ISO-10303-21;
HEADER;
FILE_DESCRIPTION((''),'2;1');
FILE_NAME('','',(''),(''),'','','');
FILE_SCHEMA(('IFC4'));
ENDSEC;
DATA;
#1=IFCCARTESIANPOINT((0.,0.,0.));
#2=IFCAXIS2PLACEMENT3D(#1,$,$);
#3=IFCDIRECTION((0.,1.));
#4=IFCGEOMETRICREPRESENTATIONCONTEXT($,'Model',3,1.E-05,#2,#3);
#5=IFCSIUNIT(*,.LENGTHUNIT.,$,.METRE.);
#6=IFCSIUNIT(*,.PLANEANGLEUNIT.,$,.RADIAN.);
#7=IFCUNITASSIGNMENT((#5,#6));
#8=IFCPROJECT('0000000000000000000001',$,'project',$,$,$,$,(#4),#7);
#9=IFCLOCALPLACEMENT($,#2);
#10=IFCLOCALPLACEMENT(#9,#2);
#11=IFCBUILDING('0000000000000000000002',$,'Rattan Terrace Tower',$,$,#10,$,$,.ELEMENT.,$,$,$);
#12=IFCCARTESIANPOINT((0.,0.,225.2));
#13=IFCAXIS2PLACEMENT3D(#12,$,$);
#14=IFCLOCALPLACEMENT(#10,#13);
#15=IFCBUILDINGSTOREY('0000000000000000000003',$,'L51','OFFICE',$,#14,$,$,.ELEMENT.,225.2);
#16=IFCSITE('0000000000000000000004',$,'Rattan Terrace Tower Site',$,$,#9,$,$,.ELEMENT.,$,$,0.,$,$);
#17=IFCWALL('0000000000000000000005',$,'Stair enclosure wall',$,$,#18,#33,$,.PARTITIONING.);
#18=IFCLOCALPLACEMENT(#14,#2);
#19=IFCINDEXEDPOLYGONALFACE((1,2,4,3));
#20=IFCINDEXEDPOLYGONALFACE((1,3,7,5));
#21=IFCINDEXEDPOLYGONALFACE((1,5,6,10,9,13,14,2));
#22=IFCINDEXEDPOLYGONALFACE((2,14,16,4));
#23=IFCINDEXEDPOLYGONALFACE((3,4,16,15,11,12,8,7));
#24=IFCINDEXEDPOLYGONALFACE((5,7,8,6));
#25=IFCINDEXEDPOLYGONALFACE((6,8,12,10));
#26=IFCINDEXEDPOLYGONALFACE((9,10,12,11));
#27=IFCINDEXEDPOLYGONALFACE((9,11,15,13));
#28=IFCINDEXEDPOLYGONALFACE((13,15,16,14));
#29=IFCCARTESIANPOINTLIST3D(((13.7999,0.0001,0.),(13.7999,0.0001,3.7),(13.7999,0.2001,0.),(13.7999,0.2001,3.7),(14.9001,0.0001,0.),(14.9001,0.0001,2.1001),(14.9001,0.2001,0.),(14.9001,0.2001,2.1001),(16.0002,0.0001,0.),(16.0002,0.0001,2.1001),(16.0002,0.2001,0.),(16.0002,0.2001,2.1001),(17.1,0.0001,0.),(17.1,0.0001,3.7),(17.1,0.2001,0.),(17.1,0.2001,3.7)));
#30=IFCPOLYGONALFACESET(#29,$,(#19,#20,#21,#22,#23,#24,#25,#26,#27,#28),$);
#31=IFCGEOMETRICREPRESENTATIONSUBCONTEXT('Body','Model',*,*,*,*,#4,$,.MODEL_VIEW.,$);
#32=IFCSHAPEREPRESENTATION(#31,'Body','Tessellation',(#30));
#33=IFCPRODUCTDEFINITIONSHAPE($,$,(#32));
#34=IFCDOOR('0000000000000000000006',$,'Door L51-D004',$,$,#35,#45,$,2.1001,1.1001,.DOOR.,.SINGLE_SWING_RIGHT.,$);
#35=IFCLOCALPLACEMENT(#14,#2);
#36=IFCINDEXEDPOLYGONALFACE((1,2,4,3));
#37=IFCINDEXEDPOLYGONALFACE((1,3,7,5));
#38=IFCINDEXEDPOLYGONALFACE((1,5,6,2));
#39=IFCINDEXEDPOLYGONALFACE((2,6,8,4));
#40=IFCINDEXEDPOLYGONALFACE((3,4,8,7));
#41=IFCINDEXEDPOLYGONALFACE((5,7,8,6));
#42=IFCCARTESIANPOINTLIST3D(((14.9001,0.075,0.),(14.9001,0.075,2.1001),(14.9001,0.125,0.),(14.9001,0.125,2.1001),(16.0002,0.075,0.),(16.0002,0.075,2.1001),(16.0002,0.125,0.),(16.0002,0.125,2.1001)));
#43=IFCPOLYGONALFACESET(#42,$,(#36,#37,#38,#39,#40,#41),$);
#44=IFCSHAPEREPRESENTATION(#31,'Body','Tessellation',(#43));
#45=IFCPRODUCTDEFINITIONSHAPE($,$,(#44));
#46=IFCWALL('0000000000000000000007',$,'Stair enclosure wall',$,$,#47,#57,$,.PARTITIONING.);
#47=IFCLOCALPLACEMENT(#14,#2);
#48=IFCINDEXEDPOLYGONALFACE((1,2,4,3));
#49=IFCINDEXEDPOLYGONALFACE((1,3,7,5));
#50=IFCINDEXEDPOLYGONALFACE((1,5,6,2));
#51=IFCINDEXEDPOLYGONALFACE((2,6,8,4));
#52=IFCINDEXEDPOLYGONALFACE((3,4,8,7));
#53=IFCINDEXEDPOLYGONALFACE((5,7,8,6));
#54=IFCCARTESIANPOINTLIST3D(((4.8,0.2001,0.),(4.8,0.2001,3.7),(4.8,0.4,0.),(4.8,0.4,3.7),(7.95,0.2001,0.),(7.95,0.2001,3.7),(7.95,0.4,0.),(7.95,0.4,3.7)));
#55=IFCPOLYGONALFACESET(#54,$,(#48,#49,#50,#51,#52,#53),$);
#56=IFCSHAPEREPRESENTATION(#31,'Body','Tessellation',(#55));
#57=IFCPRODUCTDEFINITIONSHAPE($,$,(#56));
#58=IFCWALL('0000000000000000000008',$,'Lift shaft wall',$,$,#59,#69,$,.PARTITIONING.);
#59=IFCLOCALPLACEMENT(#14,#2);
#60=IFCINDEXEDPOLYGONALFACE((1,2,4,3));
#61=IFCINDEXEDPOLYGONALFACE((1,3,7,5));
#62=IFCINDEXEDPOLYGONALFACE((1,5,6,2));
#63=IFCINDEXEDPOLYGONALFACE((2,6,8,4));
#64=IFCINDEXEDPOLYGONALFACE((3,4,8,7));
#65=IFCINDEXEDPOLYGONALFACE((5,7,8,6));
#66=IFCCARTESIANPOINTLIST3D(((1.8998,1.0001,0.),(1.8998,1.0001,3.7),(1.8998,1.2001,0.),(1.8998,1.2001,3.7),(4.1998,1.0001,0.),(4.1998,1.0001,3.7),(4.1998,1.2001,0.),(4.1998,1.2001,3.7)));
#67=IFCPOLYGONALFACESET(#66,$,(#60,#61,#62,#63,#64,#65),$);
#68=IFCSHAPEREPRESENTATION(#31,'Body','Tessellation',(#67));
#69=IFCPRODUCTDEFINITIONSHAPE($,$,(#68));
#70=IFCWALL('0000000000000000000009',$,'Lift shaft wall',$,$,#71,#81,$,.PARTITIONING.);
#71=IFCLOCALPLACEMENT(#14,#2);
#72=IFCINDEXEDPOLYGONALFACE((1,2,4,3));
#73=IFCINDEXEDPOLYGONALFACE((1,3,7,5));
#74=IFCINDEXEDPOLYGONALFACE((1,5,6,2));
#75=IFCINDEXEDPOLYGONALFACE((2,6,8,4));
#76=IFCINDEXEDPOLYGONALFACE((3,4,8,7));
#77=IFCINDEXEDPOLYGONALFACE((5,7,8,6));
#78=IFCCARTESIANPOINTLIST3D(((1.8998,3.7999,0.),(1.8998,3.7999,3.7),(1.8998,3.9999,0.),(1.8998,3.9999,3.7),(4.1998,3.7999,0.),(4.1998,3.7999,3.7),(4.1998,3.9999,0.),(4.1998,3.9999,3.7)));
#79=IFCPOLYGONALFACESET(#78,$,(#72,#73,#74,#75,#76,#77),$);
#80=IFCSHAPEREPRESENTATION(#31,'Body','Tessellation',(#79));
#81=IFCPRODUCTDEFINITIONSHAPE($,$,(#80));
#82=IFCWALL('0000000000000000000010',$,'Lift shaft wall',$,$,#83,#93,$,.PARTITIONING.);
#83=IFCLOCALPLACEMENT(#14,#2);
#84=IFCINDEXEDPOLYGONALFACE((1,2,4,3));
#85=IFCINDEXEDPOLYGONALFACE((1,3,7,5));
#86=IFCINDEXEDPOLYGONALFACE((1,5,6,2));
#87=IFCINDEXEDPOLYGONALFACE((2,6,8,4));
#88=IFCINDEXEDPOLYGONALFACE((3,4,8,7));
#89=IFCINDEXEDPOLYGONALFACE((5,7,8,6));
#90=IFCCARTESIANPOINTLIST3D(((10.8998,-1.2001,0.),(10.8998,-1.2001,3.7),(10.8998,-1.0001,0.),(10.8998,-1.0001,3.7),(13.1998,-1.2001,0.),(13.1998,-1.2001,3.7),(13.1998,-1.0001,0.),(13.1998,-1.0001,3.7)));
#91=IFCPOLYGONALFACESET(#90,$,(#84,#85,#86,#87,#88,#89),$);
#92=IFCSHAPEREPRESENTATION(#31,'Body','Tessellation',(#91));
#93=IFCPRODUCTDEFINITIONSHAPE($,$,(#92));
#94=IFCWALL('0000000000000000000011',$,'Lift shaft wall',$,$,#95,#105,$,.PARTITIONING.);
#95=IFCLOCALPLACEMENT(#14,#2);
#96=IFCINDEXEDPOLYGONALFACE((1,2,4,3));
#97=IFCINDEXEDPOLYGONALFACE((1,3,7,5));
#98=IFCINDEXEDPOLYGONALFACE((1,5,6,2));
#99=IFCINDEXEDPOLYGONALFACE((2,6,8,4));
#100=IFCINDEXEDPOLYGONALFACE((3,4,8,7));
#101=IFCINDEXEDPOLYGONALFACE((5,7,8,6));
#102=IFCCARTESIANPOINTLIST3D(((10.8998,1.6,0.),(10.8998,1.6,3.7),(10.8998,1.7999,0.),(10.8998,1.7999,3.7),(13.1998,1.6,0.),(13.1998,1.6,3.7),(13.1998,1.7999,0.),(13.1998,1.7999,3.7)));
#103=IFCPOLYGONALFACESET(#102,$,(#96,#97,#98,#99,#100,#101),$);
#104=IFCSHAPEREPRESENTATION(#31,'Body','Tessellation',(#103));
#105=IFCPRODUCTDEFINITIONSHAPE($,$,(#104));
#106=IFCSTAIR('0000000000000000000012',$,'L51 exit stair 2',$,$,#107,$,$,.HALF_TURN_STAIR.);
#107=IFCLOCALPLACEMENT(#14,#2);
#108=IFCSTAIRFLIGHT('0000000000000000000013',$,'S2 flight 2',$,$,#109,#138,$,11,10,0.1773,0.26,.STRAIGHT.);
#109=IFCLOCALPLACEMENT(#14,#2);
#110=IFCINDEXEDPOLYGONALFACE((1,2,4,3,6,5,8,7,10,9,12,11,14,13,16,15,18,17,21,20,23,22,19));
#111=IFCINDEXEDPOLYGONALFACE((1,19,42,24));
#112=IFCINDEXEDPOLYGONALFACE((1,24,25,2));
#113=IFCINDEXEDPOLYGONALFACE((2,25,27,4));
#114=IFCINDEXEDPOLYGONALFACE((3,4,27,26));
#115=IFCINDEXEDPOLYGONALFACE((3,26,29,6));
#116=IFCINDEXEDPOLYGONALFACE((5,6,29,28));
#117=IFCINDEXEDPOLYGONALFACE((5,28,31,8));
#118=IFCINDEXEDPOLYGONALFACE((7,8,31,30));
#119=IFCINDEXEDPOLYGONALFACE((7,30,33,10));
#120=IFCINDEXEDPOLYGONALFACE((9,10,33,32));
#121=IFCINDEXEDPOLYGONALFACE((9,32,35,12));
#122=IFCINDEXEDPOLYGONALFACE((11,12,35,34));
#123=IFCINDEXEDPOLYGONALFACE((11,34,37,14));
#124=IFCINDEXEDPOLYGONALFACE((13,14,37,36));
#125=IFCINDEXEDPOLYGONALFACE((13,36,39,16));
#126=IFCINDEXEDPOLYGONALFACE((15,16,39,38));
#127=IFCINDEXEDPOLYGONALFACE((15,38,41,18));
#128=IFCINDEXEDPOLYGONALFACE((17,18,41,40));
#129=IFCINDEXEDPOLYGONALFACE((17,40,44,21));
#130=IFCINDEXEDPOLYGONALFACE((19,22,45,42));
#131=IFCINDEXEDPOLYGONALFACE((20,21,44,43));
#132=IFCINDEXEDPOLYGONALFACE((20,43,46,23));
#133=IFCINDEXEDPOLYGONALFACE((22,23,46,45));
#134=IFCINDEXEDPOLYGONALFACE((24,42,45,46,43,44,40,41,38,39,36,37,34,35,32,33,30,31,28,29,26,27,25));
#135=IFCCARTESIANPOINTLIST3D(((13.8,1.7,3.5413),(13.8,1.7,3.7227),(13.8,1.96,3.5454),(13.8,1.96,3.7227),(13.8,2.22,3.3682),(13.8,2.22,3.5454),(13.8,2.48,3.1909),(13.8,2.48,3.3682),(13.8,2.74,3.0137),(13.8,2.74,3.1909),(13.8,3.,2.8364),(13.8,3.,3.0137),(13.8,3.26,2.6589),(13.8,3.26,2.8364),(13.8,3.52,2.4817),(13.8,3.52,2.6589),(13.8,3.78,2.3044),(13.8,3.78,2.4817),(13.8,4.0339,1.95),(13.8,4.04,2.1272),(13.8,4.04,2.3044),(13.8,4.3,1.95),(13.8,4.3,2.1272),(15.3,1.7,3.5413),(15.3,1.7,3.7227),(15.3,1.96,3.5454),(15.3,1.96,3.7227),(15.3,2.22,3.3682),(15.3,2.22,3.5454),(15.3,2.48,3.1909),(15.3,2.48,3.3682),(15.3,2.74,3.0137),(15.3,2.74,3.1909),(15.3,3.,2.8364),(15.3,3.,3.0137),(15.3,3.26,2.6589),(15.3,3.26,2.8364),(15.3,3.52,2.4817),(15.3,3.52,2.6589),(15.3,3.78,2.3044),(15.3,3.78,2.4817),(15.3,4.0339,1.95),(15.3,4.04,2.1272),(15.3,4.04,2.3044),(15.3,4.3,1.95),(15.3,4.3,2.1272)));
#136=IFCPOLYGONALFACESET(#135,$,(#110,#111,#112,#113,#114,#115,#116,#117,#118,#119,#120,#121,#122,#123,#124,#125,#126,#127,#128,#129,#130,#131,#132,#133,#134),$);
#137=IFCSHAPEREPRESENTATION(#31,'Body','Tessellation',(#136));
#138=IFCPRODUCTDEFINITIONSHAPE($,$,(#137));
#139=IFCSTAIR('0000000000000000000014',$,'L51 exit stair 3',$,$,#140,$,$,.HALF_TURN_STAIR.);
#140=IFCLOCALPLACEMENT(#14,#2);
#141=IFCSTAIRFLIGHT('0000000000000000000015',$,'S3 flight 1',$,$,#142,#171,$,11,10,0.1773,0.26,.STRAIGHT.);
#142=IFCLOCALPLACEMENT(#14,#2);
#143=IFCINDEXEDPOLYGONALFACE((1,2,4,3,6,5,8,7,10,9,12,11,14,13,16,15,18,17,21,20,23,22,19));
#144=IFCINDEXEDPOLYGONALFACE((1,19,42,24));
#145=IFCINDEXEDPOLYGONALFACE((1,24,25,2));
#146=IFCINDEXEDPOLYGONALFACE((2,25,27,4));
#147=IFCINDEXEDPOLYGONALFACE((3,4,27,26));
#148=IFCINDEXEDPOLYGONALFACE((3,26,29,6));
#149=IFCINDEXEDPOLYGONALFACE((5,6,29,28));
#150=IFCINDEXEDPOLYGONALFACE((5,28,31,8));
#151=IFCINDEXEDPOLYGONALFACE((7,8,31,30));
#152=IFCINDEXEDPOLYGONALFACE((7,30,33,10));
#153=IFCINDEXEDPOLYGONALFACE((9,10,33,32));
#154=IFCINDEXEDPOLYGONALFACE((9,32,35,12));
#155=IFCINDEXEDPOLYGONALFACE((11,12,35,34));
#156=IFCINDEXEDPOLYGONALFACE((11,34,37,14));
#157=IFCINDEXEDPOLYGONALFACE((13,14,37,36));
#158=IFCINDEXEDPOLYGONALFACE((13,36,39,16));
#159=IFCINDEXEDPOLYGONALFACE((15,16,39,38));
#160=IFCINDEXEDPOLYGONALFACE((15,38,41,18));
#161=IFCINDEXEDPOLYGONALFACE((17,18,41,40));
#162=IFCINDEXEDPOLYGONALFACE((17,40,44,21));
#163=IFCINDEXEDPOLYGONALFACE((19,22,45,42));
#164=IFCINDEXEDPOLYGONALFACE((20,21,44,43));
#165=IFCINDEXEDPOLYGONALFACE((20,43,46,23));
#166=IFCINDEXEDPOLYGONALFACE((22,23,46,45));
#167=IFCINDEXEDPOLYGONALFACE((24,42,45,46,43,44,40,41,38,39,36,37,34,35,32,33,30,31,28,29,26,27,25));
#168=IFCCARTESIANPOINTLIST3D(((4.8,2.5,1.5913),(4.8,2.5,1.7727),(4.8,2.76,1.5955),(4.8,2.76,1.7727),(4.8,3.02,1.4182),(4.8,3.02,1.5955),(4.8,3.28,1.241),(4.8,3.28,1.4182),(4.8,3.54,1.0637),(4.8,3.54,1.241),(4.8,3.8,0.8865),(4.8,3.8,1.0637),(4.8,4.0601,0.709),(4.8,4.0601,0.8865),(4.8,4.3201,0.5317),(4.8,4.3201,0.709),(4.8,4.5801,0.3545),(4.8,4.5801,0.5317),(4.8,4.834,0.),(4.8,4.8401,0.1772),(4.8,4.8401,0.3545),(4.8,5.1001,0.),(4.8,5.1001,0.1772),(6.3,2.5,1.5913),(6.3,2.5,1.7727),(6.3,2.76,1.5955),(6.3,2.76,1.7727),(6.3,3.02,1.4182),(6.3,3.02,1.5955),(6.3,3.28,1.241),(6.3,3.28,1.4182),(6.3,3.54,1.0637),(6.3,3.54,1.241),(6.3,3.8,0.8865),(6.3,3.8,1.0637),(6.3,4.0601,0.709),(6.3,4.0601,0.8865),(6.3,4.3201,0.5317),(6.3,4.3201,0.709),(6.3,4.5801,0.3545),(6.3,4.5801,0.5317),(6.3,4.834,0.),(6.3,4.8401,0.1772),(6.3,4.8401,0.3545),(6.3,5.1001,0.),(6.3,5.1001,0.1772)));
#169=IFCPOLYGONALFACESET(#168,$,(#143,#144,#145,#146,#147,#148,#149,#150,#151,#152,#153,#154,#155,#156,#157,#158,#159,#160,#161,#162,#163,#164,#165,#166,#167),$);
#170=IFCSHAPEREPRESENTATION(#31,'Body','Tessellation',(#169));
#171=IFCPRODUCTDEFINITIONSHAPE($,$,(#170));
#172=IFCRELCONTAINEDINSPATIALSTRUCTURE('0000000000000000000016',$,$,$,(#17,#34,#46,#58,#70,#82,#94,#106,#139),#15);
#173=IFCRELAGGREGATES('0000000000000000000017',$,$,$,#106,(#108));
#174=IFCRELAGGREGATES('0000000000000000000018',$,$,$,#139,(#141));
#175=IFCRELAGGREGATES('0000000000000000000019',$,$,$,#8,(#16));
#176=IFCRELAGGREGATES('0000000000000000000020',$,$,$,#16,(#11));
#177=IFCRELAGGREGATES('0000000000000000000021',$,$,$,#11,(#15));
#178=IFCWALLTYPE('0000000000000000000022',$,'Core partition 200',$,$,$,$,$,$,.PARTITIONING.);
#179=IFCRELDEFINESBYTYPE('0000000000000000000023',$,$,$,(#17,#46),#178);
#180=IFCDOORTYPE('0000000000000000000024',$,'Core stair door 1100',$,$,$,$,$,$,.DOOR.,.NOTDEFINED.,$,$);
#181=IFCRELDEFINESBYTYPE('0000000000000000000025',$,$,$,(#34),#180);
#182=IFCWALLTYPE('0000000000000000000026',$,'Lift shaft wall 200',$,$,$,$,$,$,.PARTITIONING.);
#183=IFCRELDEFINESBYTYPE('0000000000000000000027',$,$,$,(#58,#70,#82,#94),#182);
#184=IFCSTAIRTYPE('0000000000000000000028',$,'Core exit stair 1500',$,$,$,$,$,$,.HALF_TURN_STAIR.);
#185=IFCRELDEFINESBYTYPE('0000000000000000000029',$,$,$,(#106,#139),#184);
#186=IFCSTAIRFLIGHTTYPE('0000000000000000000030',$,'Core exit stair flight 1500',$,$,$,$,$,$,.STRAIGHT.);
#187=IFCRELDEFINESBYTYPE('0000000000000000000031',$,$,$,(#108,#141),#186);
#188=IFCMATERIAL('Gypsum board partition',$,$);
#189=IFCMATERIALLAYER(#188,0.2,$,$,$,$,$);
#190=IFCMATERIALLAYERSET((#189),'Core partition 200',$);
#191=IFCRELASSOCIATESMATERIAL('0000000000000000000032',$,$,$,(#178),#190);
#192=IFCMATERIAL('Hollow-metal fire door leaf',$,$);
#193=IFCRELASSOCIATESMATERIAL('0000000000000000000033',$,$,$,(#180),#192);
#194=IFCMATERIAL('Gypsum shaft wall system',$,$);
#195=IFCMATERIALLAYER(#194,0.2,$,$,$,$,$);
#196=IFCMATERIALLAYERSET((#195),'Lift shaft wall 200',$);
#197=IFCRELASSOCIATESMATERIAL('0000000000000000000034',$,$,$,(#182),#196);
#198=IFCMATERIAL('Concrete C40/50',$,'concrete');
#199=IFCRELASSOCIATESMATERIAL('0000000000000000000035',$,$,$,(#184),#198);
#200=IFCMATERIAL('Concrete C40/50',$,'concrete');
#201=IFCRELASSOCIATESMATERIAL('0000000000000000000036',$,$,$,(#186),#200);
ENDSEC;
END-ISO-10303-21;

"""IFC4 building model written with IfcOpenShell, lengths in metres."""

from ifc_helpers import new_model, si_unit, direction, frame, frame_2d, origin, place, context, subcontext, project, spatial, polyline, rectangle, outline, extrude, material, layer, layer_set, type_object, element, fill, aggregate, save


model = new_model("IFC4")

# Units and contexts
model_context = context("Model", 3, precision=1e-05, world=origin(), true_north=direction((0.0, 1.0)))
body_context = subcontext(model_context, "Body", "Model", "MODEL_VIEW")
ifc_project = project(units=[si_unit("LENGTHUNIT", "METRE"), si_unit("PLANEANGLEUNIT", "RADIAN")], contexts=[model_context])

# Site, building, storey
site_placement = place(None, origin())
site = spatial("IfcSite", under=ifc_project, at=site_placement, Name="Rattan Terrace Tower Site", CompositionType="ELEMENT", RefElevation=0.0)
building_placement = place(site_placement, origin())
building = spatial("IfcBuilding", under=site, at=building_placement, Name="Rattan Terrace Tower", CompositionType="ELEMENT")
storey_placement = place(building_placement, frame((0.0, 0.0, 225.2)))
storey = spatial("IfcBuildingStorey", under=building, at=storey_placement, Name="L51", Description="OFFICE", CompositionType="ELEMENT", Elevation=225.2)

# Wall, opening, door
ifc_material_1 = material(Name="Gypsum board partition")
ifc_layer_1 = layer(ifc_material_1, 0.2)
ifc_layer_set_1 = layer_set([ifc_layer_1], Name="Core partition 200")
wall_type_1 = type_object("IfcWallType", Name="Core partition 200", PredefinedType="PARTITIONING", material=ifc_layer_set_1)
wall_1_placement = place(storey_placement, frame((13.8, 0.1001, 0.0), z_axis=(0.0, 0.0, 1.0), x_axis=(1.0, 0.0, 0.0)))
wall_1 = element("IfcWall", 1, at=wall_1_placement, inside=storey, type_object=wall_type_1, Name="Stair enclosure wall", PredefinedType="PARTITIONING", context=body_context, shape_type="SweptSolid", body=[
    extrude(rectangle(XDim=3.3, YDim=0.2, at=frame_2d((1.6499, 0.0))), origin(), (0.0, 0.0, 1.0), 3.7),
])
opening_placement = place(wall_1_placement, frame((1.1001, 0.0, 0.0)))
opening = element("IfcOpeningElement", 2, at=opening_placement, cuts=wall_1, PredefinedType="OPENING", context=body_context, shape_type="SweptSolid", body=[
    extrude(rectangle(XDim=1.1001, YDim=2.1001, at=frame_2d((0.55, 1.05))), frame((0.0, 0.1106, 0.0), z_axis=(0.0, -1.0, 0.0), x_axis=(1.0, 0.0, 0.0)), (0.0, 0.0, 1.0), 0.2209),
])
ifc_material_2 = material(Name="Hollow-metal fire door leaf")
door_type = type_object("IfcDoorType", Name="Core stair door 1100", OperationType="NOTDEFINED", PredefinedType="DOOR", material=ifc_material_2)
door_placement = place(opening_placement, origin())
door = element("IfcDoor", 3, at=door_placement, inside=storey, type_object=door_type, Name="Door L51-D004", OperationType="SINGLE_SWING_RIGHT", OverallHeight=2.1001, OverallWidth=1.1001, PredefinedType="DOOR", context=body_context, shape_type="SweptSolid", body=[
    extrude(rectangle(XDim=1.1001, YDim=2.1001, at=frame_2d((0.55, 1.05))), frame((0.0, 0.0249, 0.0), z_axis=(0.0, -1.0, 0.0), x_axis=(1.0, 0.0, 0.0)), (0.0, 0.0, 1.0), 0.05),
])
fill(opening, door)

# Walls
wall_2_placement = place(storey_placement, frame((4.8, 0.3, 0.0), z_axis=(0.0, 0.0, 1.0), x_axis=(1.0, 0.0, 0.0)))
element("IfcWall", 4, at=wall_2_placement, inside=storey, type_object=wall_type_1, Name="Stair enclosure wall", PredefinedType="PARTITIONING", context=body_context, shape_type="SweptSolid", body=[
    extrude(rectangle(XDim=3.1499, YDim=0.2, at=frame_2d((1.575, 0.0))), origin(), (0.0, 0.0, 1.0), 3.7),
])
ifc_material_3 = material(Name="Gypsum shaft wall system")
ifc_layer_2 = layer(ifc_material_3, 0.2)
ifc_layer_set_2 = layer_set([ifc_layer_2], Name="Lift shaft wall 200")
wall_type_2 = type_object("IfcWallType", Name="Lift shaft wall 200", PredefinedType="PARTITIONING", material=ifc_layer_set_2)
for number, where, z_axis, x_axis, name in (
    (5, (1.8999, 1.1001, 0.0), (0.0, 0.0, 1.0), (1.0, 0.0, 0.0), "Lift shaft wall"),
    (6, (1.8999, 3.8999, 0.0), (0.0, 0.0, 1.0), (1.0, 0.0, 0.0), "Lift shaft wall"),
    (7, (10.8999, -1.1001, 0.0), (0.0, 0.0, 1.0), (1.0, 0.0, 0.0), "Lift shaft wall"),
    (8, (10.8999, 1.7, 0.0), (0.0, 0.0, 1.0), (1.0, 0.0, 0.0), "Lift shaft wall"),
):
    element("IfcWall", number, at=place(storey_placement, frame(where, z_axis=z_axis, x_axis=x_axis)), inside=storey, type_object=wall_type_2, Name=name, PredefinedType="PARTITIONING", context=body_context, shape_type="SweptSolid", body=[
        extrude(rectangle(XDim=2.3, YDim=0.2, at=frame_2d((1.1499, 0.0))), origin(), (0.0, 0.0, 1.0), 3.7),
    ])

# Stair, stair flight
ifc_material_4 = material(Name="Concrete C40/50", Category="concrete")
stair_type = type_object("IfcStairType", Name="Core exit stair 1500", PredefinedType="HALF_TURN_STAIR", material=ifc_material_4)
stair_1_placement = place(storey_placement, origin())
stair_1 = element("IfcStair", 9, at=stair_1_placement, inside=storey, type_object=stair_type, Name="L51 exit stair 2", PredefinedType="HALF_TURN_STAIR")
ifc_material_5 = material(Name="Concrete C40/50", Category="concrete")
stair_flight_type = type_object("IfcStairFlightType", Name="Core exit stair flight 1500", PredefinedType="STRAIGHT", material=ifc_material_5)
stair_flight_1_placement = place(storey_placement, frame((14.55, 4.3, 1.95), z_axis=(0.0, 0.0, 1.0), x_axis=(0.0, -1.0, 0.0)))
stair_flight_1 = element("IfcStairFlight", 10, at=stair_flight_1_placement, type_object=stair_flight_type, Name="S2 flight 2", NumberOfRisers=11, NumberOfTreads=10, PredefinedType="STRAIGHT", RiserHeight=0.1773, TreadLength=0.26, context=body_context, shape_type="SweptSolid", body=[
    extrude(outline(polyline([(0.0, 0.0), (0.0, 0.1772), (0.26, 0.1772), (0.26, 0.3545), (0.52, 0.3545), (0.52, 0.5317), (0.78, 0.5317), (0.78, 0.709), (1.04, 0.709), (1.04, 0.8865), (1.3, 0.8865), (1.3, 1.0637), (1.5601, 1.0637), (1.5601, 1.241), (1.8201, 1.241), (1.8201, 1.4182), (2.0801, 1.4182), (2.0801, 1.5955), (2.3401, 1.5955), (2.3401, 1.7727), (2.6001, 1.7727), (2.6001, 1.95), (2.6001, 1.5913), (0.2661, 0.0), (0.0, 0.0)])), frame((0.0, 0.75, 0.0), z_axis=(0.0, -1.0, 0.0), x_axis=(1.0, 0.0, 0.0)), (0.0, 0.0, 1.0), 1.5),
])
aggregate(stair_1, [stair_flight_1])

# Stair, stair flight
stair_2_placement = place(storey_placement, origin())
stair_2 = element("IfcStair", 11, at=stair_2_placement, inside=storey, type_object=stair_type, Name="L51 exit stair 3", PredefinedType="HALF_TURN_STAIR")
stair_flight_2_placement = place(storey_placement, frame((5.55, 5.1001, 0.0), z_axis=(0.0, 0.0, 1.0), x_axis=(0.0, -1.0, 0.0)))
stair_flight_2 = element("IfcStairFlight", 12, at=stair_flight_2_placement, type_object=stair_flight_type, Name="S3 flight 1", NumberOfRisers=11, NumberOfTreads=10, PredefinedType="STRAIGHT", RiserHeight=0.1773, TreadLength=0.26, context=body_context, shape_type="SweptSolid", body=[
    extrude(outline(polyline([(0.0, 0.0), (0.0, 0.1772), (0.26, 0.1772), (0.26, 0.3545), (0.52, 0.3545), (0.52, 0.5317), (0.78, 0.5317), (0.78, 0.709), (1.04, 0.709), (1.04, 0.8865), (1.3, 0.8865), (1.3, 1.0637), (1.5601, 1.0637), (1.5601, 1.241), (1.8201, 1.241), (1.8201, 1.4182), (2.0801, 1.4182), (2.0801, 1.5955), (2.3401, 1.5955), (2.3401, 1.7727), (2.6001, 1.7727), (2.6001, 1.95), (2.6001, 1.5913), (0.2661, 0.0), (0.0, 0.0)])), frame((0.0, 0.75, 0.0), z_axis=(0.0, -1.0, 0.0), x_axis=(1.0, 0.0, 0.0)), (0.0, 0.0, 1.0), 1.5),
])
aggregate(stair_2, [stair_flight_2])

save(model, "model.ifc")
